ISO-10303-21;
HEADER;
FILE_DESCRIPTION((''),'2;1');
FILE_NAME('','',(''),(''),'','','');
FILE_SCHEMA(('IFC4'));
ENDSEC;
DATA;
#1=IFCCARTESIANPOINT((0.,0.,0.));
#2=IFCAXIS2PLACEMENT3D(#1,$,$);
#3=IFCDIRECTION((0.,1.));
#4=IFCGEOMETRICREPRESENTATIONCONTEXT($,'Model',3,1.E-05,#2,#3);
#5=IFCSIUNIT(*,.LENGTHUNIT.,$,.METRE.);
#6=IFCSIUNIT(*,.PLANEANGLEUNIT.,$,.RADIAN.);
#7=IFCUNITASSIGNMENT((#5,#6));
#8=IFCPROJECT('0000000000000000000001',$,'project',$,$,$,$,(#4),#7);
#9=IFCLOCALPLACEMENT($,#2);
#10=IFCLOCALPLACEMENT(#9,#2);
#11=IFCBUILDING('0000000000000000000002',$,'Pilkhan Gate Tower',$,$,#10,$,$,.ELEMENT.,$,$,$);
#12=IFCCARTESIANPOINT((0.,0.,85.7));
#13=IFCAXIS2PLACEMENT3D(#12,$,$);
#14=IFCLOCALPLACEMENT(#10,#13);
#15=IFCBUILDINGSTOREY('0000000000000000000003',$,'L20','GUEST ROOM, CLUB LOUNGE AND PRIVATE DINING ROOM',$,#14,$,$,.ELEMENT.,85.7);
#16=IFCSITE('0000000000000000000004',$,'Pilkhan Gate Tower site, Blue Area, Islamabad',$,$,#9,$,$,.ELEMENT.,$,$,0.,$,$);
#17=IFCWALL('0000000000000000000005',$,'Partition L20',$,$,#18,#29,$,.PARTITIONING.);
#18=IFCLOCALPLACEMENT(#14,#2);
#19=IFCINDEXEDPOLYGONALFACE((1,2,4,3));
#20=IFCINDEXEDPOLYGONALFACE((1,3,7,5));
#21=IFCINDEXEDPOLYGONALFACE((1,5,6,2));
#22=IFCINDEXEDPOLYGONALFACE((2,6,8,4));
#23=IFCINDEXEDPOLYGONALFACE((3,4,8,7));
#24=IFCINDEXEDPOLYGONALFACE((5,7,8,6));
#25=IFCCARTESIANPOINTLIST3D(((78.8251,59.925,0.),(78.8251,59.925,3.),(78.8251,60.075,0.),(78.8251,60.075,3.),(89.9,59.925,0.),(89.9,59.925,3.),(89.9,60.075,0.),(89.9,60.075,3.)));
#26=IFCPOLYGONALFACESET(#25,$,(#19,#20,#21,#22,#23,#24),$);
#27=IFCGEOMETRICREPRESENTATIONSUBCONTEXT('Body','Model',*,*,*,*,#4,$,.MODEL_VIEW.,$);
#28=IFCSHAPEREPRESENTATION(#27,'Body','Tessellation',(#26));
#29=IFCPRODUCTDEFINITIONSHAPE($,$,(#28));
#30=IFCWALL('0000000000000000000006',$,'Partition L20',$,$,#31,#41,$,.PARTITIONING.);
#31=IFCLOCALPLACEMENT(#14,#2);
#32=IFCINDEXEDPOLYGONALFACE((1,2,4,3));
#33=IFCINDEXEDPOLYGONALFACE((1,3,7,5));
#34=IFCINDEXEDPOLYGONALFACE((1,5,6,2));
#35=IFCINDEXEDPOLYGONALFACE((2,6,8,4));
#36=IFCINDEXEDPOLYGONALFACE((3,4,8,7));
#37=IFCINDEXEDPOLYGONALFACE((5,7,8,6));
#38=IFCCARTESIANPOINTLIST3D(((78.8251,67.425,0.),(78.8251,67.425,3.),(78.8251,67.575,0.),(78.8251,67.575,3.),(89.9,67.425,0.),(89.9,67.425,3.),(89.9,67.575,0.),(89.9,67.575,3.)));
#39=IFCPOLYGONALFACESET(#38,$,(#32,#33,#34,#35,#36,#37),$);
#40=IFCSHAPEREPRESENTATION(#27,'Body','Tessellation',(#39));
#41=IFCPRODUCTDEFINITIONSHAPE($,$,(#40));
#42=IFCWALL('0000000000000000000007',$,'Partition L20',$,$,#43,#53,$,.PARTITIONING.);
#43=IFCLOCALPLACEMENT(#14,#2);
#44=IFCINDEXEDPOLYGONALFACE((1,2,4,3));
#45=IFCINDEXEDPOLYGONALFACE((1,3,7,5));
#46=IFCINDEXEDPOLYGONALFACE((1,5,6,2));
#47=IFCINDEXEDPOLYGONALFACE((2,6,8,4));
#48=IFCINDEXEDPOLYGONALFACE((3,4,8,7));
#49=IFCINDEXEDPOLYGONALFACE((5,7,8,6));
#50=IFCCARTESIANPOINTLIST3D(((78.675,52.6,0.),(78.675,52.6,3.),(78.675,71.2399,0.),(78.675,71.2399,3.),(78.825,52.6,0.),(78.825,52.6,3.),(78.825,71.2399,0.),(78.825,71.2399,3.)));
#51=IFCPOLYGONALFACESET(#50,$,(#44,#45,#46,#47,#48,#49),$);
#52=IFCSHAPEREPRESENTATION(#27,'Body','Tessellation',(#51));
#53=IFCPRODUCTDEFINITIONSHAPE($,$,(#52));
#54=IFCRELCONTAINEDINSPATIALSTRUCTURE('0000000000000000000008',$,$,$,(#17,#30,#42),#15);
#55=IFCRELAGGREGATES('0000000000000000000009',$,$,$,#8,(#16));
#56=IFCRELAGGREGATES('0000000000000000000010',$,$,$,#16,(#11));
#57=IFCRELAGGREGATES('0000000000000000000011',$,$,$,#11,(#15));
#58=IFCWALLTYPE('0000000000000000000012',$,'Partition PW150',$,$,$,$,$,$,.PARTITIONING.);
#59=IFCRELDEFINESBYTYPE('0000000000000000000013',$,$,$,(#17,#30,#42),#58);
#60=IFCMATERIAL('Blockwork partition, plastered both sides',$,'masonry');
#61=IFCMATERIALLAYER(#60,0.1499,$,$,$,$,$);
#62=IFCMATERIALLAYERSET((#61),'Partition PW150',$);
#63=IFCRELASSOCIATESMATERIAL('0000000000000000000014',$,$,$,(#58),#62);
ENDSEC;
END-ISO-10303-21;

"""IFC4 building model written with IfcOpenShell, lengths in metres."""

from ifc_helpers import new_model, si_unit, direction, frame, frame_2d, origin, place, context, subcontext, project, spatial, rectangle, extrude, material, layer, layer_set, type_object, element, save


model = new_model("IFC4")

# Units and contexts
model_context = context("Model", 3, precision=1e-05, world=origin(), true_north=direction((0.0, 1.0)))
body_context = subcontext(model_context, "Body", "Model", "MODEL_VIEW")
ifc_project = project(units=[si_unit("LENGTHUNIT", "METRE"), si_unit("PLANEANGLEUNIT", "RADIAN")], contexts=[model_context])

# Site, building, storey
site_placement = place(None, origin())
site = spatial("IfcSite", under=ifc_project, at=site_placement, Name="Pilkhan Gate Tower site, Blue Area, Islamabad", CompositionType="ELEMENT", RefElevation=0.0)
building_placement = place(site_placement, origin())
building = spatial("IfcBuilding", under=site, at=building_placement, Name="Pilkhan Gate Tower", CompositionType="ELEMENT")
storey_placement = place(building_placement, frame((0.0, 0.0, 85.7)))
storey = spatial("IfcBuildingStorey", under=building, at=storey_placement, Name="L20", Description="GUEST ROOM, CLUB LOUNGE AND PRIVATE DINING ROOM", CompositionType="ELEMENT", Elevation=85.7)

# Walls
ifc_material_1 = material(Name="Blockwork partition, plastered both sides", Category="masonry")
ifc_layer_1 = layer(ifc_material_1, 0.1499)
ifc_layer_set_1 = layer_set([ifc_layer_1], Name="Partition PW150")
wall_type_1 = type_object("IfcWallType", Name="Partition PW150", PredefinedType="PARTITIONING", material=ifc_layer_set_1)
for number, where, z_axis, x_axis, name in (
    (1, (78.825, 60.0, 0.0), (0.0, 0.0, 1.0), (1.0, 0.0, 0.0), "Partition L20"),
    (2, (78.825, 67.5, 0.0), (0.0, 0.0, 1.0), (1.0, 0.0, 0.0), "Partition L20"),
):
    element("IfcWall", number, at=place(storey_placement, frame(where, z_axis=z_axis, x_axis=x_axis)), inside=storey, type_object=wall_type_1, Name=name, PredefinedType="PARTITIONING", context=body_context, shape_type="SweptSolid", body=[
        extrude(rectangle(XDim=11.075, YDim=0.1499, at=frame_2d((5.5376, 0.0))), origin(), (0.0, 0.0, 1.0), 3.0),
    ])
wall_1_placement = place(storey_placement, frame((78.75, 52.6001, 0.0), z_axis=(0.0, 0.0, 1.0), x_axis=(0.0, 1.0, 0.0)))
element("IfcWall", 3, at=wall_1_placement, inside=storey, type_object=wall_type_1, Name="Partition L20", PredefinedType="PARTITIONING", context=body_context, shape_type="SweptSolid", body=[
    extrude(rectangle(XDim=18.6399, YDim=0.1499, at=frame_2d((9.3198, 0.0))), origin(), (0.0, 0.0, 1.0), 3.0),
])

save(model, "model.ifc")
